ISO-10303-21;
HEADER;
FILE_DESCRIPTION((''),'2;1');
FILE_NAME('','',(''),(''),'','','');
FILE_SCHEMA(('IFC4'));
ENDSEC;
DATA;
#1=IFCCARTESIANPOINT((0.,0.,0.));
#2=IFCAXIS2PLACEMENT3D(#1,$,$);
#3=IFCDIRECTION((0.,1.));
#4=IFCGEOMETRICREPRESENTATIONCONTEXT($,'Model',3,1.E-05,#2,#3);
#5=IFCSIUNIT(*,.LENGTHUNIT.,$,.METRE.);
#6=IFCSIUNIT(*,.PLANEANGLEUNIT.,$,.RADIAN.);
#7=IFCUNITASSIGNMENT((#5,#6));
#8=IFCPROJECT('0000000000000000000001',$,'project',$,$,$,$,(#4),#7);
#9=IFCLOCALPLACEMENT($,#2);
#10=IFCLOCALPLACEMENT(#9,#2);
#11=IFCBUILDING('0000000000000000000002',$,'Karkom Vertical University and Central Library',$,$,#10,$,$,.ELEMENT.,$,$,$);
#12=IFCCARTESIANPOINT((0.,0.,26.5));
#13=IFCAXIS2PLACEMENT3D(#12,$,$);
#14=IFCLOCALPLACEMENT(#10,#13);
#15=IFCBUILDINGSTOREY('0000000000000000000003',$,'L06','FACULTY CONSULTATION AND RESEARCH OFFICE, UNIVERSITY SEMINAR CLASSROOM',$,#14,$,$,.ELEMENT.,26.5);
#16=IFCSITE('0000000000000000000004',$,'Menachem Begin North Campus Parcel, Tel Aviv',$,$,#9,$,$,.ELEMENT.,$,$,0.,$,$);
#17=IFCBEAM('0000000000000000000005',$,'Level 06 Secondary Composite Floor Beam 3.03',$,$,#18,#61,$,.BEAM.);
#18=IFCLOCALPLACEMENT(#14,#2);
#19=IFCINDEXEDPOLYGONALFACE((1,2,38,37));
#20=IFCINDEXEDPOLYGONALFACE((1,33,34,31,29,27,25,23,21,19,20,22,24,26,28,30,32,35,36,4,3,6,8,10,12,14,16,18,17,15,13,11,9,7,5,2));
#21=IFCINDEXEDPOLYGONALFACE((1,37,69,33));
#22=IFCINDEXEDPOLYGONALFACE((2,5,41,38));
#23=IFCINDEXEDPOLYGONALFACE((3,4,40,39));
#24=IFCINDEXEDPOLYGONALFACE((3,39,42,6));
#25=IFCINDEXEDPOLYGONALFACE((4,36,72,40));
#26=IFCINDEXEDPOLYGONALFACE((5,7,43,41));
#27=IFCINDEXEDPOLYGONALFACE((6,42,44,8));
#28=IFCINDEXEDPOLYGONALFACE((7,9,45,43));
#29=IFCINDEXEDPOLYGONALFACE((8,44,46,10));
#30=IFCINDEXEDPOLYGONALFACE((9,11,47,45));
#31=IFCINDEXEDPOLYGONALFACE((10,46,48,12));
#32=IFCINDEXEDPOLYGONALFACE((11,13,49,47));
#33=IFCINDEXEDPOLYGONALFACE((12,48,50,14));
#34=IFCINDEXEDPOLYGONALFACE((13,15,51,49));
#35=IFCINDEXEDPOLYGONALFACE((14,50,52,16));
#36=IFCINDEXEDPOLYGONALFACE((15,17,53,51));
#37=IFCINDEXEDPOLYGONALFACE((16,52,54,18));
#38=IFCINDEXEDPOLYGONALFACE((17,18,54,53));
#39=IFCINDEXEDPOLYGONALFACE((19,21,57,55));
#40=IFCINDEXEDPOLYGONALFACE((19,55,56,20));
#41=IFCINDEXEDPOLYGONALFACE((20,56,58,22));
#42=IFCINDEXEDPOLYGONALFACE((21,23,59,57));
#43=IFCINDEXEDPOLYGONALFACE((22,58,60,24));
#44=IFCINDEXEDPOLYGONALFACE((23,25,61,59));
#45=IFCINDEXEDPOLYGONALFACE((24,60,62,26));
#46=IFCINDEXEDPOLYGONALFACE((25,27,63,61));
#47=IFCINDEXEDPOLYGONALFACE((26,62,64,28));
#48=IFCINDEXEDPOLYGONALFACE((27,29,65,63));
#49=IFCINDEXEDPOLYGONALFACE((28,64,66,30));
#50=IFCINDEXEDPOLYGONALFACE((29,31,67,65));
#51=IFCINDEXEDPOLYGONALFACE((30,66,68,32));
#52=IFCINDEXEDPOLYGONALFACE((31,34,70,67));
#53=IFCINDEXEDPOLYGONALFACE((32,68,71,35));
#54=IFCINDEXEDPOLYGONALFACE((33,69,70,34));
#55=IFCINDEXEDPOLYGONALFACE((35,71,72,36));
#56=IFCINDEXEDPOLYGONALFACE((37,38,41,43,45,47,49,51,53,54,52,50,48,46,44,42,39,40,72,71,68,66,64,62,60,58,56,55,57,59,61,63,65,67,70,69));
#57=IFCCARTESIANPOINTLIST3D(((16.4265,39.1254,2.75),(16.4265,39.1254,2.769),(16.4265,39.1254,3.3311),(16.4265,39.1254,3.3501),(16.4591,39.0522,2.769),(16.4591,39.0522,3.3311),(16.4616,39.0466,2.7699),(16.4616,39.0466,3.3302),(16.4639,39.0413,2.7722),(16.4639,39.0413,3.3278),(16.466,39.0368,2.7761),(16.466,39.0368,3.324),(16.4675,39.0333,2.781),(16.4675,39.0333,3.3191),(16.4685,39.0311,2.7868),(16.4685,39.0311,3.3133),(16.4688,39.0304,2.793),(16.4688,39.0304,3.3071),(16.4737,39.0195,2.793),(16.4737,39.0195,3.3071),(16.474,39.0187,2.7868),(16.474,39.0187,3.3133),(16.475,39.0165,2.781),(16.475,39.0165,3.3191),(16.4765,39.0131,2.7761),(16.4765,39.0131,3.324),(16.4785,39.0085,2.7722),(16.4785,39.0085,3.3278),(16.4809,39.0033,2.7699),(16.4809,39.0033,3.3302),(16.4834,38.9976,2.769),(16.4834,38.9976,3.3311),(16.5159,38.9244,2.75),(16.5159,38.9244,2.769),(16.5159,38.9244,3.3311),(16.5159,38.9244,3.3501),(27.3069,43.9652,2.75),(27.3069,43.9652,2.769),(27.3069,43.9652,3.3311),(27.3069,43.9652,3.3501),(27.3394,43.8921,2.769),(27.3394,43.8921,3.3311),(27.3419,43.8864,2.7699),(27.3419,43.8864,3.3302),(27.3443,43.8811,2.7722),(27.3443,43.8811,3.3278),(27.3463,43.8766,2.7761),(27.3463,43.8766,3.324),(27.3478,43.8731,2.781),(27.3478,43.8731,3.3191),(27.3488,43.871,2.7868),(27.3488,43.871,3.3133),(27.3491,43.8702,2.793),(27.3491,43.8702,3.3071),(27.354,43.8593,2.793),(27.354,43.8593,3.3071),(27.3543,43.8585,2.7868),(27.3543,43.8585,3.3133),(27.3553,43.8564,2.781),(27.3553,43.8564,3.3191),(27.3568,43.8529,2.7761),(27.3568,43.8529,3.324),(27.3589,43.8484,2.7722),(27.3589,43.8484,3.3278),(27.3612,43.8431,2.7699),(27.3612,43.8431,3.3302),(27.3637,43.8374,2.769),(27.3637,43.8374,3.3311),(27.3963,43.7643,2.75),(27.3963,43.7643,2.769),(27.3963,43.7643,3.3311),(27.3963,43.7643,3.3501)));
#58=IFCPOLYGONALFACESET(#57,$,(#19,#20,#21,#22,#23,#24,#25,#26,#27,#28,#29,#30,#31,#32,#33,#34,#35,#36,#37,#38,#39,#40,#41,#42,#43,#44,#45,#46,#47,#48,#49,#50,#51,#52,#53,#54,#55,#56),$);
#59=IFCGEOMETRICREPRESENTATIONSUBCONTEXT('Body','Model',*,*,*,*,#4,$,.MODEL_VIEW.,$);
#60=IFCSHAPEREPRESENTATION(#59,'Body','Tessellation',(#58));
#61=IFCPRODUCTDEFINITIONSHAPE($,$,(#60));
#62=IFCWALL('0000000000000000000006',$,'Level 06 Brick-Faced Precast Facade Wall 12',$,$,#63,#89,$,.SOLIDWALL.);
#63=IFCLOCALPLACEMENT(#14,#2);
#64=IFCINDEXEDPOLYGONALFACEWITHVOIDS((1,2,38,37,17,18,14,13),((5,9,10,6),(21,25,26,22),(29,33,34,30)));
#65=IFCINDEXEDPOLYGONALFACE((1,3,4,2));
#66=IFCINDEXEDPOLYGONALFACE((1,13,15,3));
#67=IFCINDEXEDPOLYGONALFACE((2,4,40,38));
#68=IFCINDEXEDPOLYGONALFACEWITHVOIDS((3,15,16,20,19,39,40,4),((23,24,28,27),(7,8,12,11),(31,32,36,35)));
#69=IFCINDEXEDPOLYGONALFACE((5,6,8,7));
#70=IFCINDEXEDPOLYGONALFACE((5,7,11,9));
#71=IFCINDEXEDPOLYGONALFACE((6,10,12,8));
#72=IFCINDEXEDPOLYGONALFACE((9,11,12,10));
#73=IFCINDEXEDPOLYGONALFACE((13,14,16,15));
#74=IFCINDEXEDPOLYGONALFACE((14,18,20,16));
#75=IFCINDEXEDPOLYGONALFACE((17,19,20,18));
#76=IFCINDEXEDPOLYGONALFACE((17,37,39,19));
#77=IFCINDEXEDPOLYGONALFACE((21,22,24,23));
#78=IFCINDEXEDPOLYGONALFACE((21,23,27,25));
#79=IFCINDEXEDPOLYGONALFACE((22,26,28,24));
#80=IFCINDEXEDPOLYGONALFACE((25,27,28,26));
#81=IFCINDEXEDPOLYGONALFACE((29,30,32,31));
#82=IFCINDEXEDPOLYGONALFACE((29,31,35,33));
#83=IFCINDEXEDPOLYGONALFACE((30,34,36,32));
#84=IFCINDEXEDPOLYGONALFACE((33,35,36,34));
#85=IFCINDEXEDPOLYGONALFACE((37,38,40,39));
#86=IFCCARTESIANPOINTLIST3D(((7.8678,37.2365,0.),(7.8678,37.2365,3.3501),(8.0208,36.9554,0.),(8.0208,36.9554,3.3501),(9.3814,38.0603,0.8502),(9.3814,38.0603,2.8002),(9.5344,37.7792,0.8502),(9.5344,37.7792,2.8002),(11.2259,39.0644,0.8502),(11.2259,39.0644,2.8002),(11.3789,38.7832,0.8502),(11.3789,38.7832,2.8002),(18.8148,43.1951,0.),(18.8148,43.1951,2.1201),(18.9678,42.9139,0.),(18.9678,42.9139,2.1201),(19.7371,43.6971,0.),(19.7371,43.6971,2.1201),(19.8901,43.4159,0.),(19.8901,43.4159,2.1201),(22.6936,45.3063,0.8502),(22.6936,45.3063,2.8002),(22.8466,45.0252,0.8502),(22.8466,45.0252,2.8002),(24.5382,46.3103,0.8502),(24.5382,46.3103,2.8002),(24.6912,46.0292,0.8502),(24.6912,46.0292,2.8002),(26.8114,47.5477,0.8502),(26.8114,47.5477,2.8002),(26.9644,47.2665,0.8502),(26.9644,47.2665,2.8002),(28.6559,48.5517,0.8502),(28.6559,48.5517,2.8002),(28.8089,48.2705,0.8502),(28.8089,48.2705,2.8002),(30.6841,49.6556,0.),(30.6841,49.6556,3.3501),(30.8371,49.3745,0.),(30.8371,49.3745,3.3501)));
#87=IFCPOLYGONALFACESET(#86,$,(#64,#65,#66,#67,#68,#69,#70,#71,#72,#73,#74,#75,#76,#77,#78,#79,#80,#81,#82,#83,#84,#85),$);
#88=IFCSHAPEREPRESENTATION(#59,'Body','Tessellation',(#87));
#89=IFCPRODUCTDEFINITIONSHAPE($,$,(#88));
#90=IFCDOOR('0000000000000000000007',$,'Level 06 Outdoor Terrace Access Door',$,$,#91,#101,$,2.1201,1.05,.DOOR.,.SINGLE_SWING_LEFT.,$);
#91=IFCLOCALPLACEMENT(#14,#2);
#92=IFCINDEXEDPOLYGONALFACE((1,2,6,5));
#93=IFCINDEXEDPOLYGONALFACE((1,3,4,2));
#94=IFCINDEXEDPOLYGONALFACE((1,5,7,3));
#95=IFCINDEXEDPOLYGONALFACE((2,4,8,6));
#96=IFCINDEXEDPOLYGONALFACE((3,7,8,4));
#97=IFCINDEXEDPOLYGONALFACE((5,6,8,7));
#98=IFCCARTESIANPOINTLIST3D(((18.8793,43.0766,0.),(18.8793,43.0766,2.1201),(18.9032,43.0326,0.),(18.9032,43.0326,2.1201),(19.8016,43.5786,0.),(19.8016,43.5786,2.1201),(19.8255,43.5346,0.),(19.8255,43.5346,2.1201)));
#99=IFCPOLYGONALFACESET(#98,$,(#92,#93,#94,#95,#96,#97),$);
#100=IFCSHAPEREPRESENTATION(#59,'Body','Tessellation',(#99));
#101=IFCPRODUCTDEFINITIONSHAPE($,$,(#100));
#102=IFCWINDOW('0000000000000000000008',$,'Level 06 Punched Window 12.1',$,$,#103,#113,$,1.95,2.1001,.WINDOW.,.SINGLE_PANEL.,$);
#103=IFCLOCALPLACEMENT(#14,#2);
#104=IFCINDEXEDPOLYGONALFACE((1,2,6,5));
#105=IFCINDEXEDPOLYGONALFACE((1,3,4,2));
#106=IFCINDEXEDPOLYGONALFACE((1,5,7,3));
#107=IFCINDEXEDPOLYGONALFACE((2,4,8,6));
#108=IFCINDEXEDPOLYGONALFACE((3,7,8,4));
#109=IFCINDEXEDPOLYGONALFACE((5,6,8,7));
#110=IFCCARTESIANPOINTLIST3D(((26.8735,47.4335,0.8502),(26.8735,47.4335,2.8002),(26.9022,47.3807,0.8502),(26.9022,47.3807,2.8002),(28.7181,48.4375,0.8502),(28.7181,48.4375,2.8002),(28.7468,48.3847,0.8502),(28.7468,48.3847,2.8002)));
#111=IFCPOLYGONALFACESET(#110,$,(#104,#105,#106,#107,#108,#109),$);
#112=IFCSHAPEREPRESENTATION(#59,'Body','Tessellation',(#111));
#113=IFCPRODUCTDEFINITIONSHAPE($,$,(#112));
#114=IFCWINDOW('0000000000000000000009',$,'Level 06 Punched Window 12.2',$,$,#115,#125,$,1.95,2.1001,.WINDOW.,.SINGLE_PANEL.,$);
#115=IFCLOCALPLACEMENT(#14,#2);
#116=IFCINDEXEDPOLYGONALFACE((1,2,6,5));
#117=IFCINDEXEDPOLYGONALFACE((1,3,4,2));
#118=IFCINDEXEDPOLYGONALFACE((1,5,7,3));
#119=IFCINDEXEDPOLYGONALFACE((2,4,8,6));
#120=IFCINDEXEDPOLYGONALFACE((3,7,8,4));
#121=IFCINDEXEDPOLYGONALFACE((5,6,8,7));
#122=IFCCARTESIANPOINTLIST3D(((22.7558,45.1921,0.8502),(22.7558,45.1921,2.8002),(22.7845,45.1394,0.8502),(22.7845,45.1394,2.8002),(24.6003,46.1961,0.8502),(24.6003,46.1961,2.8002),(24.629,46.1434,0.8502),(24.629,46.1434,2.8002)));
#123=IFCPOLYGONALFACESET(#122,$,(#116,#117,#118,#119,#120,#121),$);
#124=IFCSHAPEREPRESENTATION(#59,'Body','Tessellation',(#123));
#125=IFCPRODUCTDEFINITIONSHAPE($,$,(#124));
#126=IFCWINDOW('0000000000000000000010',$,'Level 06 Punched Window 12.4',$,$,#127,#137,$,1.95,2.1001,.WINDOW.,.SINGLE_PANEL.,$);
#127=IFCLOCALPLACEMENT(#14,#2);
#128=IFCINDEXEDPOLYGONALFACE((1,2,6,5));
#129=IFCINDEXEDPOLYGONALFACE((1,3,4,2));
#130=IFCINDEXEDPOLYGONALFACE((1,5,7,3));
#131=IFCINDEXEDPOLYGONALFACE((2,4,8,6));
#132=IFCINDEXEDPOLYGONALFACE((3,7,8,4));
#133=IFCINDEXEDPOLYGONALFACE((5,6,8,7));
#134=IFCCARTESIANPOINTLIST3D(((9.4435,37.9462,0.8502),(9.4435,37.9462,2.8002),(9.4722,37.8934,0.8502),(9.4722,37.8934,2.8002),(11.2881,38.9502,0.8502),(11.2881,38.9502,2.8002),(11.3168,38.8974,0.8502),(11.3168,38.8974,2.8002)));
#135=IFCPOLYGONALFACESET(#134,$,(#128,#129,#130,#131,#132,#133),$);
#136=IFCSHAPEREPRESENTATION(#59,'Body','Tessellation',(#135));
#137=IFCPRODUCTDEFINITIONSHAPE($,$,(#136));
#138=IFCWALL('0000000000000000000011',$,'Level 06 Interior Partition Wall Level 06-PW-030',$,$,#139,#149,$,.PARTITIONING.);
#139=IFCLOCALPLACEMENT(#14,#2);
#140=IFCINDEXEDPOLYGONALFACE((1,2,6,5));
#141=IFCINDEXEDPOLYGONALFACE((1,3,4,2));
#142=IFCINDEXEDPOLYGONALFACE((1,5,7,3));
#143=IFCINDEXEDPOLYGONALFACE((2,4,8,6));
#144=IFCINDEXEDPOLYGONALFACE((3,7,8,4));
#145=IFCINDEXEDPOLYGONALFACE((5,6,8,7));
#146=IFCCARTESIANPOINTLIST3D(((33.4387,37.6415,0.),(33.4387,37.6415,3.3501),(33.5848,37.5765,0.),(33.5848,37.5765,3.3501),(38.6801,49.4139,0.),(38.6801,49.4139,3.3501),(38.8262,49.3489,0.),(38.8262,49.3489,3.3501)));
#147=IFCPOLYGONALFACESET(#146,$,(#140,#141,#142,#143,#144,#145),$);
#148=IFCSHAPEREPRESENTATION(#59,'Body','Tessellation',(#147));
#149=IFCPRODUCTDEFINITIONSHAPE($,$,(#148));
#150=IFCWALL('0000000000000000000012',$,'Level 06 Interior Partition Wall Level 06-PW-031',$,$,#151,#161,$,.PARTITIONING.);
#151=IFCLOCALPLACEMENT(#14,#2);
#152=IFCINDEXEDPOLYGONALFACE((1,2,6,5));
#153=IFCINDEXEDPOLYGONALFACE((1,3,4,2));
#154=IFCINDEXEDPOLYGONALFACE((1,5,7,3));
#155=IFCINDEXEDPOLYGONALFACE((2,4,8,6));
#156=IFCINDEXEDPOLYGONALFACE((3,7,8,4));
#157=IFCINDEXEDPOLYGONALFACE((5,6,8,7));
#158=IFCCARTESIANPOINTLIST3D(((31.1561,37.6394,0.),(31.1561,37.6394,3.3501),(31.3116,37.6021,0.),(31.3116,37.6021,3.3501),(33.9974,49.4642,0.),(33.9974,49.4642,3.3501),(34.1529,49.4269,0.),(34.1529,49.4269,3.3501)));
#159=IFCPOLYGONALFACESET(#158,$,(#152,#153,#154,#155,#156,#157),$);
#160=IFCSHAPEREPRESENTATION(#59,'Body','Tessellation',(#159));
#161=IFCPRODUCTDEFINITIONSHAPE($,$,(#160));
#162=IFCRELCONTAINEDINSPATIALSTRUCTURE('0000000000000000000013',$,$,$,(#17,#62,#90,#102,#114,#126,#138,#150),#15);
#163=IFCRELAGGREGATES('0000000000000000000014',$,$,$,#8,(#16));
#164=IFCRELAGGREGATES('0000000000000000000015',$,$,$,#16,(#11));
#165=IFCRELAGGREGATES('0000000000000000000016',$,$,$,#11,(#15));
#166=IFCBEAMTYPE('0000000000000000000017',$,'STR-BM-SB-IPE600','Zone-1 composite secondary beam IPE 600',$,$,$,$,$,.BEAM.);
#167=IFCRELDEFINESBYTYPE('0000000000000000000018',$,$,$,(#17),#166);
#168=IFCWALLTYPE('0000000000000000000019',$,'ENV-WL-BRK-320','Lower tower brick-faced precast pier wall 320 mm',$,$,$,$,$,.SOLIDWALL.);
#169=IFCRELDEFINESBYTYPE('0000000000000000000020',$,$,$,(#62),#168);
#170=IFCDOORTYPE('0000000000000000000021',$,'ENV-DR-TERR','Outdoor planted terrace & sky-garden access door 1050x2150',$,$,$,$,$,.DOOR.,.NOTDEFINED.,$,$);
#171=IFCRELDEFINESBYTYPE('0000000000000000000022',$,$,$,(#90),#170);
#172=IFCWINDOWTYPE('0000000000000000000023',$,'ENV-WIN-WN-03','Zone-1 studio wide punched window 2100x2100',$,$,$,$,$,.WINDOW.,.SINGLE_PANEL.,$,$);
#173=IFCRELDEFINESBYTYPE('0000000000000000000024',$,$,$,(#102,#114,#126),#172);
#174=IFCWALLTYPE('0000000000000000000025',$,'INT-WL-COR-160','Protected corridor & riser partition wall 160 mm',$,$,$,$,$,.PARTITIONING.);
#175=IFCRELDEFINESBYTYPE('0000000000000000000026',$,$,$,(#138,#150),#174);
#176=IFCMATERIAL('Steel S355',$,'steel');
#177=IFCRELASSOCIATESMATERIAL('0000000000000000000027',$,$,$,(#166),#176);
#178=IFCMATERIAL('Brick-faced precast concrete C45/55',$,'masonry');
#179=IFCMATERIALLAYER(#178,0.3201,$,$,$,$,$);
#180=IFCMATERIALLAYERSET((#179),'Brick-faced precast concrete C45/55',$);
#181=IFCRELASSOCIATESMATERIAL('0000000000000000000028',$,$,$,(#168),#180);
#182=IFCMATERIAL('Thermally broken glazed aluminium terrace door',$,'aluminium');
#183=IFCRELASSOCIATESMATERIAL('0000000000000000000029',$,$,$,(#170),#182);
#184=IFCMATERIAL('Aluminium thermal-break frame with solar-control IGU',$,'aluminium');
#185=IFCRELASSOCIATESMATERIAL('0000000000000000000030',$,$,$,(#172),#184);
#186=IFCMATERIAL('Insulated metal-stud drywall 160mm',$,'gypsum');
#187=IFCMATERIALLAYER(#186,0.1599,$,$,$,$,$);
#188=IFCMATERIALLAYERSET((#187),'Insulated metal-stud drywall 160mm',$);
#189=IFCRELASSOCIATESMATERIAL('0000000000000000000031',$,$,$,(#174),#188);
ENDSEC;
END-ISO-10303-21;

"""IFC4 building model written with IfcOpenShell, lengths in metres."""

from ifc_helpers import new_model, si_unit, direction, frame, frame_2d, origin, origin_with_axes, origin_2d, place, context, subcontext, project, spatial, rectangle, i_section, extrude, source, transform, mapped, material, layer, layer_set, material_profile, profile_set, type_object, element, fill, save


model = new_model("IFC4")

# Units and contexts
model_context = context("Model", 3, precision=1e-05, world=origin(), true_north=direction((0.0, 1.0)))
body_context = subcontext(model_context, "Body", "Model", "MODEL_VIEW")
ifc_project = project(units=[si_unit("LENGTHUNIT", "METRE"), si_unit("PLANEANGLEUNIT", "RADIAN")], contexts=[model_context])

# Site, building, storey
site_placement = place(None, origin())
site = spatial("IfcSite", under=ifc_project, at=site_placement, Name="Menachem Begin North Campus Parcel, Tel Aviv", CompositionType="ELEMENT", RefElevation=0.0)
building_placement = place(site_placement, origin())
building = spatial("IfcBuilding", under=site, at=building_placement, Name="Karkom Vertical University and Central Library", CompositionType="ELEMENT")
storey_placement = place(building_placement, frame((0.0, 0.0, 26.5)))
storey = spatial("IfcBuildingStorey", under=building, at=storey_placement, Name="L06", Description="FACULTY CONSULTATION AND RESEARCH OFFICE, UNIVERSITY SEMINAR CLASSROOM", CompositionType="ELEMENT", Elevation=26.5)

# Beam
ifc_material_1 = material(Name="Steel S355", Category="steel")
ifc_material_profile_1 = material_profile(ifc_material_1, i_section(OverallWidth=0.22, OverallDepth=0.6001, WebThickness=0.012, FlangeThickness=0.019, FilletRadius=0.0239, at=origin_2d()), Name="IPE 600")
ifc_profile_set_1 = profile_set([ifc_material_profile_1], Name="Steel S355")
beam_type_1 = type_object("IfcBeamType", Name="STR-BM-SB-IPE600", Description="Zone-1 composite secondary beam IPE 600", PredefinedType="BEAM", material=ifc_profile_set_1)
shared_shape_1 = source(origin_with_axes(), body_context, "Body", "SweptSolid", [
    extrude(i_section(OverallWidth=0.22, OverallDepth=0.6001, WebThickness=0.012, FlangeThickness=0.019, FilletRadius=0.0239, at=origin_2d()), origin(), (0.0, 0.0, 1.0), 11.9082),
])
beam_1_placement = place(storey_placement, frame((27.3516, 43.8647, 3.05), z_axis=(-0.913683, -0.406428, 0.0), x_axis=(0.406428, -0.913683, 0.0)))
element("IfcBeam", 1, at=beam_1_placement, inside=storey, type_object=beam_type_1, Name="Level 06 Secondary Composite Floor Beam 3.03", PredefinedType="BEAM", context=body_context, shape_type="MappedRepresentation", body=[
    mapped(shared_shape_1, transform((0.0, 0.0, 0.0), scale=1.0)),
])

# Wall, openings, door, windows
ifc_material_2 = material(Name="Brick-faced precast concrete C45/55", Category="masonry")
ifc_layer_1 = layer(ifc_material_2, 0.3201)
ifc_layer_set_1 = layer_set([ifc_layer_1], Name="Brick-faced precast concrete C45/55")
wall_type_1 = type_object("IfcWallType", Name="ENV-WL-BRK-320", Description="Lower tower brick-faced precast pier wall 320 mm", PredefinedType="SOLIDWALL", material=ifc_layer_set_1)
wall_1_placement = place(storey_placement, frame((30.7607, 49.5151, 0.0), z_axis=(0.0, 0.0, 1.0), x_axis=(-0.878318, -0.478077, 0.0)))
wall_1 = element("IfcWall", 2, at=wall_1_placement, inside=storey, type_object=wall_type_1, Name="Level 06 Brick-Faced Precast Facade Wall 12", PredefinedType="SOLIDWALL", context=body_context, shape_type="SweptSolid", body=[
    extrude(rectangle(XDim=25.9773, YDim=0.3201, at=frame_2d((12.9888, 0.0))), origin(), (0.0, 0.0, 1.0), 3.3501),
])
opening_1_placement = place(wall_1_placement, frame((2.3093, 0.0, 0.8501)))
opening_1 = element("IfcOpeningElement", 3, at=opening_1_placement, cuts=wall_1, PredefinedType="OPENING", context=body_context, shape_type="SweptSolid", body=[
    extrude(rectangle(XDim=2.1001, YDim=1.95, at=frame_2d((1.05, 0.9751))), frame((0.0, 0.1699, 0.0), z_axis=(0.0, -1.0, 0.0), x_axis=(1.0, 0.0, 0.0)), (0.0, 0.0, 1.0), 0.3401),
])
opening_2_placement = place(wall_1_placement, frame((6.9976, 0.0, 0.8501)))
opening_2 = element("IfcOpeningElement", 4, at=opening_2_placement, cuts=wall_1, PredefinedType="OPENING", context=body_context, shape_type="SweptSolid", body=[
    extrude(rectangle(XDim=2.1001, YDim=1.95, at=frame_2d((1.05, 0.9751))), frame((0.0, 0.1699, 0.0), z_axis=(0.0, -1.0, 0.0), x_axis=(1.0, 0.0, 0.0)), (0.0, 0.0, 1.0), 0.3401),
])
opening_3_placement = place(wall_1_placement, frame((22.1541, 0.0, 0.8501)))
opening_3 = element("IfcOpeningElement", 5, at=opening_3_placement, cuts=wall_1, PredefinedType="OPENING", context=body_context, shape_type="SweptSolid", body=[
    extrude(rectangle(XDim=2.1001, YDim=1.95, at=frame_2d((1.05, 0.9751))), frame((0.0, 0.1699, 0.0), z_axis=(0.0, -1.0, 0.0), x_axis=(1.0, 0.0, 0.0)), (0.0, 0.0, 1.0), 0.3401),
])
opening_4_placement = place(wall_1_placement, frame((12.4639, 0.0, 0.0)))
opening_4 = element("IfcOpeningElement", 6, at=opening_4_placement, cuts=wall_1, PredefinedType="OPENING", context=body_context, shape_type="SweptSolid", body=[
    extrude(rectangle(XDim=1.05, YDim=2.1201, at=frame_2d((0.5249, 1.0601))), frame((0.0, 0.1699, 0.0), z_axis=(0.0, -1.0, 0.0), x_axis=(1.0, 0.0, 0.0)), (0.0, 0.0, 1.0), 0.3401),
])
ifc_material_3 = material(Name="Thermally broken glazed aluminium terrace door", Category="aluminium")
door_type_1 = type_object("IfcDoorType", Name="ENV-DR-TERR", Description="Outdoor planted terrace & sky-garden access door 1050x2150", OperationType="NOTDEFINED", PredefinedType="DOOR", material=ifc_material_3)
shared_shape_2 = source(origin_with_axes(), body_context, "Body", "SweptSolid", [
    extrude(rectangle(XDim=1.05, YDim=2.1201, at=frame_2d((0.5249, 1.0601))), frame((0.0, 0.0249, 0.0), z_axis=(0.0, -1.0, 0.0), x_axis=(1.0, 0.0, 0.0)), (0.0, 0.0, 1.0), 0.05),
])
door_1_placement = place(opening_4_placement, origin())
door_1 = element("IfcDoor", 7, at=door_1_placement, inside=storey, type_object=door_type_1, Name="Level 06 Outdoor Terrace Access Door", OperationType="SINGLE_SWING_LEFT", OverallHeight=2.1201, OverallWidth=1.05, PredefinedType="DOOR", context=body_context, shape_type="MappedRepresentation", body=[
    mapped(shared_shape_2, transform((0.0, 0.0, 0.0), scale=1.0)),
])
fill(opening_4, door_1)
ifc_material_4 = material(Name="Aluminium thermal-break frame with solar-control IGU", Category="aluminium")
window_type = type_object("IfcWindowType", Name="ENV-WIN-WN-03", Description="Zone-1 studio wide punched window 2100x2100", PartitioningType="SINGLE_PANEL", PredefinedType="WINDOW", material=ifc_material_4)
shared_shape_3 = source(origin_with_axes(), body_context, "Body", "SweptSolid", [
    extrude(rectangle(XDim=2.1001, YDim=1.95, at=frame_2d((1.05, 0.9751))), frame((0.0, 0.03, 0.0), z_axis=(0.0, -1.0, 0.0), x_axis=(1.0, 0.0, 0.0)), (0.0, 0.0, 1.0), 0.0601),
])
window_1_placement = place(opening_1_placement, origin())
window_1 = element("IfcWindow", 8, at=window_1_placement, inside=storey, type_object=window_type, Name="Level 06 Punched Window 12.1", OverallHeight=1.95, OverallWidth=2.1001, PartitioningType="SINGLE_PANEL", PredefinedType="WINDOW", context=body_context, shape_type="MappedRepresentation", body=[
    mapped(shared_shape_3, transform((0.0, 0.0, 0.0), scale=1.0)),
])
fill(opening_1, window_1)
window_2_placement = place(opening_2_placement, origin())
window_2 = element("IfcWindow", 9, at=window_2_placement, inside=storey, type_object=window_type, Name="Level 06 Punched Window 12.2", OverallHeight=1.95, OverallWidth=2.1001, PartitioningType="SINGLE_PANEL", PredefinedType="WINDOW", context=body_context, shape_type="MappedRepresentation", body=[
    mapped(shared_shape_3, transform((0.0, 0.0, 0.0), scale=1.0)),
])
fill(opening_2, window_2)
window_3_placement = place(opening_3_placement, origin())
window_3 = element("IfcWindow", 10, at=window_3_placement, inside=storey, type_object=window_type, Name="Level 06 Punched Window 12.4", OverallHeight=1.95, OverallWidth=2.1001, PartitioningType="SINGLE_PANEL", PredefinedType="WINDOW", context=body_context, shape_type="MappedRepresentation", body=[
    mapped(shared_shape_3, transform((0.0, 0.0, 0.0), scale=1.0)),
])
fill(opening_3, window_3)

# Walls
ifc_material_5 = material(Name="Insulated metal-stud drywall 160mm", Category="gypsum")
ifc_layer_2 = layer(ifc_material_5, 0.1599)
ifc_layer_set_2 = layer_set([ifc_layer_2], Name="Insulated metal-stud drywall 160mm")
wall_type_2 = type_object("IfcWallType", Name="INT-WL-COR-160", Description="Protected corridor & riser partition wall 160 mm", PredefinedType="PARTITIONING", material=ifc_layer_set_2)
wall_2_placement = place(storey_placement, frame((33.5117, 37.6089, 0.0), z_axis=(0.0, 0.0, 1.0), x_axis=(0.406738, 0.913545, 0.0)))
element("IfcWall", 11, at=wall_2_placement, inside=storey, type_object=wall_type_2, Name="Level 06 Interior Partition Wall Level 06-PW-030", PredefinedType="PARTITIONING", context=body_context, shape_type="SweptSolid", body=[
    extrude(rectangle(XDim=12.8865, YDim=0.1599, at=frame_2d((6.4434, 0.0))), origin(), (0.0, 0.0, 1.0), 3.3501),
])
wall_3_placement = place(storey_placement, frame((31.2339, 37.6208, 0.0), z_axis=(0.0, 0.0, 1.0), x_axis=(0.233636, 0.972324, 0.0)))
element("IfcWall", 12, at=wall_3_placement, inside=storey, type_object=wall_type_2, Name="Level 06 Interior Partition Wall Level 06-PW-031", PredefinedType="PARTITIONING", context=body_context, shape_type="SweptSolid", body=[
    extrude(rectangle(XDim=12.1614, YDim=0.1599, at=frame_2d((6.0806, 0.0))), origin(), (0.0, 0.0, 1.0), 3.3501),
])

save(model, "model.ifc")
